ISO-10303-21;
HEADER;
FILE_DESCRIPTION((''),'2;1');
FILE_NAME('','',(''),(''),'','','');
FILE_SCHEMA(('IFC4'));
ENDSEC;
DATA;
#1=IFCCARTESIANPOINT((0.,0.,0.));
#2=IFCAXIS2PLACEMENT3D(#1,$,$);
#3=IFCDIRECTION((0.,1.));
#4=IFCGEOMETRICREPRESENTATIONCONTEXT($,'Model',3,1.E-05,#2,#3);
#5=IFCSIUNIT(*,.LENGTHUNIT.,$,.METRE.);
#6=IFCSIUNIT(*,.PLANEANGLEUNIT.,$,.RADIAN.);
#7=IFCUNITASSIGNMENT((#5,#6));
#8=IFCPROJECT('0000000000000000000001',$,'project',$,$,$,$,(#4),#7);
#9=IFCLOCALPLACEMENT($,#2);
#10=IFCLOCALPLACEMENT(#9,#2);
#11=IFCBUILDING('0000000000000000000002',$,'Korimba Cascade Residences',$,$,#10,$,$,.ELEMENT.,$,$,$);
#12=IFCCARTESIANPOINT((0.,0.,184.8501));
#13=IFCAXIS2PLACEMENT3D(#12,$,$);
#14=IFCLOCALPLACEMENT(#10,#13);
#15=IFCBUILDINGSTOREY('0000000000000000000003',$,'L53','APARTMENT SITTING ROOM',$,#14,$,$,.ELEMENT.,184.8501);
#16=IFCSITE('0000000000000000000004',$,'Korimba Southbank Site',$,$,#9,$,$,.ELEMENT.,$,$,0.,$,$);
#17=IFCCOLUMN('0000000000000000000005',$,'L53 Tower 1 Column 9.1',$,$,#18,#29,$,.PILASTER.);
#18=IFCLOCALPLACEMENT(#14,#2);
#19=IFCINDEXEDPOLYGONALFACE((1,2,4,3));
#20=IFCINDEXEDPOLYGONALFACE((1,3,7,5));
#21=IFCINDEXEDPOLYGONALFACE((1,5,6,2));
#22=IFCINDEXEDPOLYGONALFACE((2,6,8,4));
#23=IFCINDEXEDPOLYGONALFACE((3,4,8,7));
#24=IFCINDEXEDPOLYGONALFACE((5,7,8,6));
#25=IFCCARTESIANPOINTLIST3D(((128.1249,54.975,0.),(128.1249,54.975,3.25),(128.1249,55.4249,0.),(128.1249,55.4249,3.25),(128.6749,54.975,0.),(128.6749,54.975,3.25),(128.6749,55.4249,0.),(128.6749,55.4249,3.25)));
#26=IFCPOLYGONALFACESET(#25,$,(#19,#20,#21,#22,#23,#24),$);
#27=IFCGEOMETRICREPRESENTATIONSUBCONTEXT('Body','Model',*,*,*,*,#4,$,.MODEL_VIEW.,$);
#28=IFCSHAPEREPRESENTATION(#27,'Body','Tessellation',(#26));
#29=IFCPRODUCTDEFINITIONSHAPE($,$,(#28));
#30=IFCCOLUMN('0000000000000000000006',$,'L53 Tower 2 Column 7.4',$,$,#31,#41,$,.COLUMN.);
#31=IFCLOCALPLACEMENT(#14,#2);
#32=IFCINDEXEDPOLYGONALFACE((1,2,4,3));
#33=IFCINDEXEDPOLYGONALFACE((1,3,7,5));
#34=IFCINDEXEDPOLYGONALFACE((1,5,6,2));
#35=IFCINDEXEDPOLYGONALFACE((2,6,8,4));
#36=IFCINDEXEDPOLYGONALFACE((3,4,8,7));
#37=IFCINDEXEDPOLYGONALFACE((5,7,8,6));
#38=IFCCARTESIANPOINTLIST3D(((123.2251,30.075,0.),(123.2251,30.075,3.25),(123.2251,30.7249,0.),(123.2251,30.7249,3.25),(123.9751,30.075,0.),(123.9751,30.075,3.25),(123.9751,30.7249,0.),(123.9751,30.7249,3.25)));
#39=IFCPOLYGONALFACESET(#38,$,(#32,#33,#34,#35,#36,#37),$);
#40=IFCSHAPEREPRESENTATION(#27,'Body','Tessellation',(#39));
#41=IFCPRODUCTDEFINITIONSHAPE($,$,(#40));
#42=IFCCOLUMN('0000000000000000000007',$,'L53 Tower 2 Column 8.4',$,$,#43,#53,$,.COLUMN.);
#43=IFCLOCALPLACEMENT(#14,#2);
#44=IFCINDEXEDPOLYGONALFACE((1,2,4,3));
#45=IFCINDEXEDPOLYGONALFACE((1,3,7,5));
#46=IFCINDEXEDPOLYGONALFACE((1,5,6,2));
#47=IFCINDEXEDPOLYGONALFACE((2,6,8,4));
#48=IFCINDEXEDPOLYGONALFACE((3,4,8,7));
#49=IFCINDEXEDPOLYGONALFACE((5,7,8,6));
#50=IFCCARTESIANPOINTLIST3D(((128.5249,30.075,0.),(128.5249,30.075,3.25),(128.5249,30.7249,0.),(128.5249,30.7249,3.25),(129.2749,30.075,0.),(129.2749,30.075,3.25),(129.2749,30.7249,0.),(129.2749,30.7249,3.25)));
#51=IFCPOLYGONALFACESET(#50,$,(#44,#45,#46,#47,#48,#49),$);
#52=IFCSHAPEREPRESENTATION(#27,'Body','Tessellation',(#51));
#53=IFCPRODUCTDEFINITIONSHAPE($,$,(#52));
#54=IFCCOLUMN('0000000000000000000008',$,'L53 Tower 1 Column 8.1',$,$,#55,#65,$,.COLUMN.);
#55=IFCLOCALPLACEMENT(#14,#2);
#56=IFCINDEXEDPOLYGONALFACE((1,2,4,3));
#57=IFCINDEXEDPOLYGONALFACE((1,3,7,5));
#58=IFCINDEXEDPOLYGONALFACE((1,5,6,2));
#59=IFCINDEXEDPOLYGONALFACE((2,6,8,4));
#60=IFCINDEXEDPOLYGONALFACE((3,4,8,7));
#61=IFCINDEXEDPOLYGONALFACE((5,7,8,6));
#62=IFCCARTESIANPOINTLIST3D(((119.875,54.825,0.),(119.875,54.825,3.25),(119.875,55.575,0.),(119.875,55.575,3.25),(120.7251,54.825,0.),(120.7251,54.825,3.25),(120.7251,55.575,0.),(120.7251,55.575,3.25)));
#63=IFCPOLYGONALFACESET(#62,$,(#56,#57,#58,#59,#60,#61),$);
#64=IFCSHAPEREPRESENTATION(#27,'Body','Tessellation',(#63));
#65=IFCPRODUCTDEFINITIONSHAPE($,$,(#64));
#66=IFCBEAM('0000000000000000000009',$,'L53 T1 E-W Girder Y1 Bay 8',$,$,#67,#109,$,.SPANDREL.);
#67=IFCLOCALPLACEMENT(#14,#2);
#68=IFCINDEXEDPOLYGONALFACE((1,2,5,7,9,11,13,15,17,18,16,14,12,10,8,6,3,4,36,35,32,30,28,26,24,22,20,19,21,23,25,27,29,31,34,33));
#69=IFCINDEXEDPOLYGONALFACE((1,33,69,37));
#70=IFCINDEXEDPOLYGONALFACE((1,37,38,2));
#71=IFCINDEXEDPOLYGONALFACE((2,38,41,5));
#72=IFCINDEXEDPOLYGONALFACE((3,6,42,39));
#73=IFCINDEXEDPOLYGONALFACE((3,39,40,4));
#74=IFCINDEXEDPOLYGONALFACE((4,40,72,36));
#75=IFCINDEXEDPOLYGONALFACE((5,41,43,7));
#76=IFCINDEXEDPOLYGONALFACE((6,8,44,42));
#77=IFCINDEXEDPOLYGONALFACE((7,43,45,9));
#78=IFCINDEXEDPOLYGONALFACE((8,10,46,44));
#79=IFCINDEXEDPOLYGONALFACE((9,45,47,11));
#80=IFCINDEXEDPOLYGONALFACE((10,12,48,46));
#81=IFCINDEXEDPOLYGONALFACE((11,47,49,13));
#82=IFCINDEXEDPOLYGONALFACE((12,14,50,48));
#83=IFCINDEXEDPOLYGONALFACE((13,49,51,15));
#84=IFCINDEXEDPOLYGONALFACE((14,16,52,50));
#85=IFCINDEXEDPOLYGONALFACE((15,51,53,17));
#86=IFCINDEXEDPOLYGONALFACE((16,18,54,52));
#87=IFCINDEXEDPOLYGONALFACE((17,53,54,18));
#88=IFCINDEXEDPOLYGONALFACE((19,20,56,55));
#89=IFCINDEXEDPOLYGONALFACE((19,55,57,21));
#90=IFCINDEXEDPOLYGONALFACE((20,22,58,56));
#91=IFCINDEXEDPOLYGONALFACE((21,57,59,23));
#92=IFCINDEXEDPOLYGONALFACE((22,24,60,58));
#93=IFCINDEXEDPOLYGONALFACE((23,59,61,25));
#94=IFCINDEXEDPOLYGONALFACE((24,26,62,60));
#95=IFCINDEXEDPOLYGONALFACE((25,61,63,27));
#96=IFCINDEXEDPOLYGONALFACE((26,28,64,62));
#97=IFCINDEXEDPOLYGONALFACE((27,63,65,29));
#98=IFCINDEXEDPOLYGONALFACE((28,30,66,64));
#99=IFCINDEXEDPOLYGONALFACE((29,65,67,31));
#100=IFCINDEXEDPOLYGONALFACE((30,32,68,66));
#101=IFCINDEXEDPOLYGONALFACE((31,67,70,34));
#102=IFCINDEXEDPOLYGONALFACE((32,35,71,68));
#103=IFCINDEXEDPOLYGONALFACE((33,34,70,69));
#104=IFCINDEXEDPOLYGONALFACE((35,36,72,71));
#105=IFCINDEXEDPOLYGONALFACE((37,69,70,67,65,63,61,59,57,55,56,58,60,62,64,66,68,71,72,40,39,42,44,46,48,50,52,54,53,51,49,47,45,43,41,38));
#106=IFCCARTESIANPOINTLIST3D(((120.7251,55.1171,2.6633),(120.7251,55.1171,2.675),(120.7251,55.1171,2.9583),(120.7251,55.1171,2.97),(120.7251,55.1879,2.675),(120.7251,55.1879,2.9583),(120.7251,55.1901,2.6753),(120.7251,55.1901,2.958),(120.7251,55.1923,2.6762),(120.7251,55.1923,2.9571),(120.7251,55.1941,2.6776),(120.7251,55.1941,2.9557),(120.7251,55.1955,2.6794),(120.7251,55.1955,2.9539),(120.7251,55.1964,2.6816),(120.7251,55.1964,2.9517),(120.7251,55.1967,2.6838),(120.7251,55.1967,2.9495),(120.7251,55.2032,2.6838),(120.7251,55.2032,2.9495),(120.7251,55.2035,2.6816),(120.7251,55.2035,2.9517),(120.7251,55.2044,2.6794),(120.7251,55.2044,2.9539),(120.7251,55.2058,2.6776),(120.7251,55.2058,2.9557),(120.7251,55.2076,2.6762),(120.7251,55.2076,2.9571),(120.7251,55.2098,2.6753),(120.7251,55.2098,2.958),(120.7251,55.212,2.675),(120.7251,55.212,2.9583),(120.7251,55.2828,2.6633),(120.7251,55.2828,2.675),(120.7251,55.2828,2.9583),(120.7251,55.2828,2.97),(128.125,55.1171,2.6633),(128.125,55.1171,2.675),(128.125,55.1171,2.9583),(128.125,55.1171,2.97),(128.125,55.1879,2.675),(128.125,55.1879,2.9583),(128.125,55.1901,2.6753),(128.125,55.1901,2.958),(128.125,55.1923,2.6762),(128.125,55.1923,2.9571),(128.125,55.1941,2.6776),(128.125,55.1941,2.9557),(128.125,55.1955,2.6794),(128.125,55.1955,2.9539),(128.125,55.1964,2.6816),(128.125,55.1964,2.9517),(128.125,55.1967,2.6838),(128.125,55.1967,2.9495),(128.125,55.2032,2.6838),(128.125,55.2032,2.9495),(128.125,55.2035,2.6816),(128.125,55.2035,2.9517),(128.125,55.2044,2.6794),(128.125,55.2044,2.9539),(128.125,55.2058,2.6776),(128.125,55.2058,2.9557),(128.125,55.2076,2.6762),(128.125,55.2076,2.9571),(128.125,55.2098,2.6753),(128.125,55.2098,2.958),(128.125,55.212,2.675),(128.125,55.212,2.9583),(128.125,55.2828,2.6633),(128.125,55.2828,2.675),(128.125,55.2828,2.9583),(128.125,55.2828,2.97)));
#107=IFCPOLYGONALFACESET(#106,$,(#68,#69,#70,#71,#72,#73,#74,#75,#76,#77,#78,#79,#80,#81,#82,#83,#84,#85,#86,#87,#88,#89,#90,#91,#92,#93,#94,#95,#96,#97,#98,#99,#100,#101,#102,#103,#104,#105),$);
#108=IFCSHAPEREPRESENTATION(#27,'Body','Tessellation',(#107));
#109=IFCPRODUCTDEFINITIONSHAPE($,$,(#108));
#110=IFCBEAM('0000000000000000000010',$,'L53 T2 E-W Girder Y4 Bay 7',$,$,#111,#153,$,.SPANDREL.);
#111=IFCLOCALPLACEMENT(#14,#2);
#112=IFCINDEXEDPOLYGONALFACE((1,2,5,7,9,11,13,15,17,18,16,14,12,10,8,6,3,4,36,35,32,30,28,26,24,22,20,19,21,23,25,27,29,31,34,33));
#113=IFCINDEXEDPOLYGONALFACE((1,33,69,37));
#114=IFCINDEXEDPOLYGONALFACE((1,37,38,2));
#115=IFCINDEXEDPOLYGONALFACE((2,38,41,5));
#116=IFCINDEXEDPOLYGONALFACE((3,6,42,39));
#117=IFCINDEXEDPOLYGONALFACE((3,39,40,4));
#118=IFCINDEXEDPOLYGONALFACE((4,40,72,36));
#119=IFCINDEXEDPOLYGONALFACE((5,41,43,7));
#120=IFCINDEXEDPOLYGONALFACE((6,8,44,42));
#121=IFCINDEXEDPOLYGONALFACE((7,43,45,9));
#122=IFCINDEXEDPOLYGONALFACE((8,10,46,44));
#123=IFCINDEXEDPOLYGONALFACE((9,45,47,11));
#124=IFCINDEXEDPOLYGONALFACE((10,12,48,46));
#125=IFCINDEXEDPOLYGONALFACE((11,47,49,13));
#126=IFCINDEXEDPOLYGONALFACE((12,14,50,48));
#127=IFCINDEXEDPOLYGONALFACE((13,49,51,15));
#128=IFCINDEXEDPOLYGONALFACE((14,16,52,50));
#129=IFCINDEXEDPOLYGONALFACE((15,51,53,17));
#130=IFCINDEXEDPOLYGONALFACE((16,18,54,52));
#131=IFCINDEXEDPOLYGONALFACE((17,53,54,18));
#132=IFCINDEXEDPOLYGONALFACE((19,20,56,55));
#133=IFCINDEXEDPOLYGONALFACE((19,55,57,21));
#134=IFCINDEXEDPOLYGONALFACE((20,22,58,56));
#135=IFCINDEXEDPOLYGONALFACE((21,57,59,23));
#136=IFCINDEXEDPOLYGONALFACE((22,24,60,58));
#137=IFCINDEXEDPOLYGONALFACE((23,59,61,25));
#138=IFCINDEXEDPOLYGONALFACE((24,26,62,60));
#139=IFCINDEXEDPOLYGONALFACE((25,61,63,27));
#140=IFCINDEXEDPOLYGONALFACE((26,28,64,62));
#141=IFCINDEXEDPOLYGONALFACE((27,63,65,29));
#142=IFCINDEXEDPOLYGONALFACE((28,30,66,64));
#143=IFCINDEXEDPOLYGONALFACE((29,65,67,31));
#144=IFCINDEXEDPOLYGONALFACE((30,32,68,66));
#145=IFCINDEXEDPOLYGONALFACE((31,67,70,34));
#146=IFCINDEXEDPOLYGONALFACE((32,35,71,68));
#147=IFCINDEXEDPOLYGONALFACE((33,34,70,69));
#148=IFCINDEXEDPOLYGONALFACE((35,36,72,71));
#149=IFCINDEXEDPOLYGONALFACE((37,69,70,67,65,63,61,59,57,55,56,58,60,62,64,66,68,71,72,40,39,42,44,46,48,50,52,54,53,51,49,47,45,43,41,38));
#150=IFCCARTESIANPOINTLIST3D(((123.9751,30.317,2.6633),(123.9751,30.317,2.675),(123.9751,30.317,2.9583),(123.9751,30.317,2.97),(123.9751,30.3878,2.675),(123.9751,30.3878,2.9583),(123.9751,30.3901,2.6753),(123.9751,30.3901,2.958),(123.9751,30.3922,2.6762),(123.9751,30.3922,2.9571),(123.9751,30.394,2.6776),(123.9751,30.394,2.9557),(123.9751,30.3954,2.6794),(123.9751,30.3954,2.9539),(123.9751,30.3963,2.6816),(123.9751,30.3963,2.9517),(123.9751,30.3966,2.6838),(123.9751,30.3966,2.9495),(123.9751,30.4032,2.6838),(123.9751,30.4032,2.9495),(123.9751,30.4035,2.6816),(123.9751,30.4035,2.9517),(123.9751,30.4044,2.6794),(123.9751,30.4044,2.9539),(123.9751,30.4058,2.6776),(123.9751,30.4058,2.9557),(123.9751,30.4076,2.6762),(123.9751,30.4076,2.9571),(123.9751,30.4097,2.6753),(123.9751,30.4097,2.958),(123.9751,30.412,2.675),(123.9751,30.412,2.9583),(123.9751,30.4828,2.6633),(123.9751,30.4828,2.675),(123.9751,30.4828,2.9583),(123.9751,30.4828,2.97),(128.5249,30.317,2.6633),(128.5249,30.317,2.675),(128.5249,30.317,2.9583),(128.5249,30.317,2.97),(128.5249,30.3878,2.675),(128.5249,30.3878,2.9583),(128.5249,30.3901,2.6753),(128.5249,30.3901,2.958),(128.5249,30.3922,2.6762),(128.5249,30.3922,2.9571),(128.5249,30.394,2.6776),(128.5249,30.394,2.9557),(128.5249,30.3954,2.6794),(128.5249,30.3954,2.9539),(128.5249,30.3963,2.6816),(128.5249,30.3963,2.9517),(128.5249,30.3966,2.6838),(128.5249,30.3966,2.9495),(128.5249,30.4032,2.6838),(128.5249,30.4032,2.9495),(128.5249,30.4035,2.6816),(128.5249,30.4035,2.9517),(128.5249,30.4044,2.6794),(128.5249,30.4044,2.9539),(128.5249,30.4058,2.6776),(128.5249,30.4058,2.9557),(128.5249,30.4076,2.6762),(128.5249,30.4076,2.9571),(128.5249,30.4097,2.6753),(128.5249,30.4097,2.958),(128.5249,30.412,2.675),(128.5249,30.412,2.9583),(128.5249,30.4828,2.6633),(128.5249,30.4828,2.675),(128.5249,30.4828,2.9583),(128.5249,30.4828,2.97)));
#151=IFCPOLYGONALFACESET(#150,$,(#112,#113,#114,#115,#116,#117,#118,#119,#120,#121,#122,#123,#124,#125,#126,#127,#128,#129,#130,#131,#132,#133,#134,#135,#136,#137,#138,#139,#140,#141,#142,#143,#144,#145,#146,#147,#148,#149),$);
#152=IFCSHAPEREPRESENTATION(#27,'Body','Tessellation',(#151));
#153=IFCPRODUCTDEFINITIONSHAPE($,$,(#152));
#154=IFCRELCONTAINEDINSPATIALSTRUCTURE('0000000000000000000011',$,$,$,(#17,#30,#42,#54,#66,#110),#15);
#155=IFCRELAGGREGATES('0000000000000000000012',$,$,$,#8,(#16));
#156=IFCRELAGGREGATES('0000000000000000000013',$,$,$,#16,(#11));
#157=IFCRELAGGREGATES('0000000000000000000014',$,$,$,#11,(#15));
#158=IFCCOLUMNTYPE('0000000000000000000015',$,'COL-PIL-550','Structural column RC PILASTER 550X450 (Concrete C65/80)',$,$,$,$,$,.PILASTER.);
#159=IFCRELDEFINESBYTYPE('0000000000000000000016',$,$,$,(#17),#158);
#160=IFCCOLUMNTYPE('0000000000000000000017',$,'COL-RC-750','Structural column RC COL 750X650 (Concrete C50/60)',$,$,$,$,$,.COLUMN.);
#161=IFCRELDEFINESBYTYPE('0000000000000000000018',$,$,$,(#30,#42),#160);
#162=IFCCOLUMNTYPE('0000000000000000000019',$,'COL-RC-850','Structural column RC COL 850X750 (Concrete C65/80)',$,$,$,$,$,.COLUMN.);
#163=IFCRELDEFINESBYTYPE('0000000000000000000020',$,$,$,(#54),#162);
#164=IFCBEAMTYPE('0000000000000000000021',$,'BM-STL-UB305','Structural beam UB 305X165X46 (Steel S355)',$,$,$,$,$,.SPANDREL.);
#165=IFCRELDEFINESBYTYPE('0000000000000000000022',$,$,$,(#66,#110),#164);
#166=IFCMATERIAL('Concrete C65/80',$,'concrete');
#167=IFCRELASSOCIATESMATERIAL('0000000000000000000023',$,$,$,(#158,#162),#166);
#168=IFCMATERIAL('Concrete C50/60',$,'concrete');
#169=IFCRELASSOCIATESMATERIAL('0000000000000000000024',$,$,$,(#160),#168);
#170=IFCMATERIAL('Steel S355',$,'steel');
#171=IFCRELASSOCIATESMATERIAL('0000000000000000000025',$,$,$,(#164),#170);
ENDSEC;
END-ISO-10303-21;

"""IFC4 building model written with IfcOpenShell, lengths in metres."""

from ifc_helpers import new_model, si_unit, direction, frame, origin, origin_2d, place, context, subcontext, project, spatial, rectangle, i_section, extrude, material, material_profile, profile_set, type_object, element, save


model = new_model("IFC4")

# Units and contexts
model_context = context("Model", 3, precision=1e-05, world=origin(), true_north=direction((0.0, 1.0)))
body_context = subcontext(model_context, "Body", "Model", "MODEL_VIEW")
ifc_project = project(units=[si_unit("LENGTHUNIT", "METRE"), si_unit("PLANEANGLEUNIT", "RADIAN")], contexts=[model_context])

# Site, building, storey
site_placement = place(None, origin())
site = spatial("IfcSite", under=ifc_project, at=site_placement, Name="Korimba Southbank Site", CompositionType="ELEMENT", RefElevation=0.0)
building_placement = place(site_placement, origin())
building = spatial("IfcBuilding", under=site, at=building_placement, Name="Korimba Cascade Residences", CompositionType="ELEMENT")
storey_placement = place(building_placement, frame((0.0, 0.0, 184.8501)))
storey = spatial("IfcBuildingStorey", under=building, at=storey_placement, Name="L53", Description="APARTMENT SITTING ROOM", CompositionType="ELEMENT", Elevation=184.8501)

# Columns
ifc_material_1 = material(Name="Concrete C65/80", Category="concrete")
ifc_material_profile_1 = material_profile(ifc_material_1, rectangle(XDim=0.55, YDim=0.45, at=origin_2d()), Name="Concrete C65/80")
ifc_profile_set_1 = profile_set([ifc_material_profile_1], Name="Concrete C65/80")
column_type_1 = type_object("IfcColumnType", Name="COL-PIL-550", Description="Structural column RC PILASTER 550X450 (Concrete C65/80)", PredefinedType="PILASTER", material=ifc_profile_set_1)
column_1_placement = place(storey_placement, frame((128.3999, 55.2, 0.0), z_axis=(0.0, 0.0, 1.0), x_axis=(1.0, 0.0, 0.0)))
element("IfcColumn", 1, at=column_1_placement, inside=storey, type_object=column_type_1, Name="L53 Tower 1 Column 9.1", PredefinedType="PILASTER", context=body_context, shape_type="SweptSolid", body=[
    extrude(rectangle(XDim=0.55, YDim=0.45, at=origin_2d()), origin(), (0.0, 0.0, 1.0), 3.25),
])
ifc_material_2 = material(Name="Concrete C50/60", Category="concrete")
ifc_material_profile_2 = material_profile(ifc_material_2, rectangle(XDim=0.75, YDim=0.6499, at=origin_2d()), Name="Concrete C50/60")
ifc_profile_set_2 = profile_set([ifc_material_profile_2], Name="Concrete C50/60")
column_type_2 = type_object("IfcColumnType", Name="COL-RC-750", Description="Structural column RC COL 750X650 (Concrete C50/60)", PredefinedType="COLUMN", material=ifc_profile_set_2)
for number, where, z_axis, x_axis, name in (
    (2, (123.6001, 30.3999, 0.0), (0.0, 0.0, 1.0), (1.0, 0.0, 0.0), "L53 Tower 2 Column 7.4"),
    (3, (128.8999, 30.3999, 0.0), (0.0, 0.0, 1.0), (1.0, 0.0, 0.0), "L53 Tower 2 Column 8.4"),
):
    element("IfcColumn", number, at=place(storey_placement, frame(where, z_axis=z_axis, x_axis=x_axis)), inside=storey, type_object=column_type_2, Name=name, PredefinedType="COLUMN", context=body_context, shape_type="SweptSolid", body=[
        extrude(rectangle(XDim=0.75, YDim=0.6499, at=origin_2d()), origin(), (0.0, 0.0, 1.0), 3.25),
    ])
ifc_material_profile_3 = material_profile(ifc_material_1, rectangle(XDim=0.8501, YDim=0.75, at=origin_2d()), Name="Concrete C65/80")
ifc_profile_set_3 = profile_set([ifc_material_profile_3], Name="Concrete C65/80")
column_type_3 = type_object("IfcColumnType", Name="COL-RC-850", Description="Structural column RC COL 850X750 (Concrete C65/80)", PredefinedType="COLUMN", material=ifc_profile_set_3)
column_2_placement = place(storey_placement, frame((120.3, 55.2, 0.0), z_axis=(0.0, 0.0, 1.0), x_axis=(1.0, 0.0, 0.0)))
element("IfcColumn", 4, at=column_2_placement, inside=storey, type_object=column_type_3, Name="L53 Tower 1 Column 8.1", PredefinedType="COLUMN", context=body_context, shape_type="SweptSolid", body=[
    extrude(rectangle(XDim=0.8501, YDim=0.75, at=origin_2d()), origin(), (0.0, 0.0, 1.0), 3.25),
])

# Beams
ifc_material_3 = material(Name="Steel S355", Category="steel")
ifc_material_profile_4 = material_profile(ifc_material_3, i_section(OverallWidth=0.1658, OverallDepth=0.3066, WebThickness=0.0066, FlangeThickness=0.0117, FilletRadius=0.0088, at=origin_2d()), Name="Steel S355")
ifc_profile_set_4 = profile_set([ifc_material_profile_4], Name="Steel S355")
beam_type_1 = type_object("IfcBeamType", Name="BM-STL-UB305", Description="Structural beam UB 305X165X46 (Steel S355)", PredefinedType="SPANDREL", material=ifc_profile_set_4)
beam_1_placement = place(storey_placement, frame((120.7251, 55.2, 2.8167), z_axis=(1.0, 0.0, 0.0), x_axis=(0.0, 1.0, 0.0)))
element("IfcBeam", 5, at=beam_1_placement, inside=storey, type_object=beam_type_1, Name="L53 T1 E-W Girder Y1 Bay 8", PredefinedType="SPANDREL", context=body_context, shape_type="SweptSolid", body=[
    extrude(i_section(OverallWidth=0.1658, OverallDepth=0.3066, WebThickness=0.0066, FlangeThickness=0.0117, FilletRadius=0.0088, at=origin_2d()), origin(), (0.0, 0.0, 1.0), 7.3999),
])
beam_2_placement = place(storey_placement, frame((123.9751, 30.3999, 2.8167), z_axis=(1.0, 0.0, 0.0), x_axis=(0.0, 1.0, 0.0)))
element("IfcBeam", 6, at=beam_2_placement, inside=storey, type_object=beam_type_1, Name="L53 T2 E-W Girder Y4 Bay 7", PredefinedType="SPANDREL", context=body_context, shape_type="SweptSolid", body=[
    extrude(i_section(OverallWidth=0.1658, OverallDepth=0.3066, WebThickness=0.0066, FlangeThickness=0.0117, FilletRadius=0.0088, at=origin_2d()), origin(), (0.0, 0.0, 1.0), 4.5498),
])

save(model, "model.ifc")
